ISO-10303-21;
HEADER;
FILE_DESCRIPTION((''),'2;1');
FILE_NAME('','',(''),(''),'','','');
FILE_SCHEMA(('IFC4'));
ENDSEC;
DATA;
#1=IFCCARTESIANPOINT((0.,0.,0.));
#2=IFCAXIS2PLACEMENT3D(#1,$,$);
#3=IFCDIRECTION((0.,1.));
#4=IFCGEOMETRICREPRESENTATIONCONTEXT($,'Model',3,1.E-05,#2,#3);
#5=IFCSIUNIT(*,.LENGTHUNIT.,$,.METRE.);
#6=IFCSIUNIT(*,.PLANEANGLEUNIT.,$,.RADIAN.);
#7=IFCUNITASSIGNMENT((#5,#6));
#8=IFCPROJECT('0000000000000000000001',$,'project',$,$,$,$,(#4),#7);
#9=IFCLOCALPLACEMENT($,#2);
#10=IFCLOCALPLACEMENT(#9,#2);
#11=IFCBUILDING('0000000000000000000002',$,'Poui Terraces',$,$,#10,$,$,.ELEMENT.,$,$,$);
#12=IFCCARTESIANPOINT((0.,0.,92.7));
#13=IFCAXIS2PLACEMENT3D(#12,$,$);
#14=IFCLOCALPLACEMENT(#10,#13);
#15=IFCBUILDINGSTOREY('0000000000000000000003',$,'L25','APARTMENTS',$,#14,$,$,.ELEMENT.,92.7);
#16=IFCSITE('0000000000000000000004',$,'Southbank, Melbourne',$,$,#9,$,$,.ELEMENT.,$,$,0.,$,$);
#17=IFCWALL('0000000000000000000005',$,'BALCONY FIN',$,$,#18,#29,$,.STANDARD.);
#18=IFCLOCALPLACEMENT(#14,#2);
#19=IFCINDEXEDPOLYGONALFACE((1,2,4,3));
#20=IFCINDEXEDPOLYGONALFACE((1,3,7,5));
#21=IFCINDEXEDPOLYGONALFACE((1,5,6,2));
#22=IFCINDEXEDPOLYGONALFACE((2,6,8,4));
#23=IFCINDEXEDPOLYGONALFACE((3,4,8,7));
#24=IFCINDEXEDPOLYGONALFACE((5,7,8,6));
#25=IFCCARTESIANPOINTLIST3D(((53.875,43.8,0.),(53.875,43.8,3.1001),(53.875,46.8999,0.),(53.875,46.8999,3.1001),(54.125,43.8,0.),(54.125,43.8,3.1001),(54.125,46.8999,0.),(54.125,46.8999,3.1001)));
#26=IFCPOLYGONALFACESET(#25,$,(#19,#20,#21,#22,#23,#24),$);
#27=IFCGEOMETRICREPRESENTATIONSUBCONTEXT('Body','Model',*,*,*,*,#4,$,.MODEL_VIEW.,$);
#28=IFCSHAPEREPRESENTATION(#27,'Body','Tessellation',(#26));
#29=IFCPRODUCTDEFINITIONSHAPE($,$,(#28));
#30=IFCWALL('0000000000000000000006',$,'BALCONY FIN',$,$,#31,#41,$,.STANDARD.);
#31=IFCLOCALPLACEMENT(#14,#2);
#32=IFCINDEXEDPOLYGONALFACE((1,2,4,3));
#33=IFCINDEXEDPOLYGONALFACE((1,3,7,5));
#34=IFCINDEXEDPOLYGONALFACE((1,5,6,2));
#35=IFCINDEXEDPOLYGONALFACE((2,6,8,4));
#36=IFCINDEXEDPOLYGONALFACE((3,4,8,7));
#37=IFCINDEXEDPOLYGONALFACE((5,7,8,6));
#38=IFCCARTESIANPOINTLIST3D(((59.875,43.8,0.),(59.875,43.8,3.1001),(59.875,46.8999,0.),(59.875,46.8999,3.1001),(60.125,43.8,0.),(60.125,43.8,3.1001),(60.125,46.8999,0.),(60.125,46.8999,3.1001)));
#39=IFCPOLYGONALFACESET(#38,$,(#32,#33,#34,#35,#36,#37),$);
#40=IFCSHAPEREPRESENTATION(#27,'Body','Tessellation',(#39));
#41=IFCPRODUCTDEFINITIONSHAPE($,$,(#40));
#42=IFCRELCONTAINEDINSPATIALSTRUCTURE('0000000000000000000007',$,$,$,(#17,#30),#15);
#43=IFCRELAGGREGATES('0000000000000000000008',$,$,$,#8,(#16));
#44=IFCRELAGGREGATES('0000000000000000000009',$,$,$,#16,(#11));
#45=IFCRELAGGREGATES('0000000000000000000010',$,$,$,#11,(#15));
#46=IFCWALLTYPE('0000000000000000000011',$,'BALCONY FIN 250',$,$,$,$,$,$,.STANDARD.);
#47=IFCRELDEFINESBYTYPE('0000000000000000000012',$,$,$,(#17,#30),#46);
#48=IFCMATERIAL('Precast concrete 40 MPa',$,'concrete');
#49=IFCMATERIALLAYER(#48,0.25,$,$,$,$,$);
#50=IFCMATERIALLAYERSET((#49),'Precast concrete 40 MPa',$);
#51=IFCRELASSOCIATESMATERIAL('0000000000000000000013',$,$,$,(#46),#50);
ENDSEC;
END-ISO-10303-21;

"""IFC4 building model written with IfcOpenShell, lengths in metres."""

from ifc_helpers import new_model, si_unit, direction, frame, origin, place, context, subcontext, project, spatial, polyline, outline, extrude, source, transform, mapped, material, layer, layer_set, type_object, element, save


model = new_model("IFC4")

# Units and contexts
model_context = context("Model", 3, precision=1e-05, world=origin(), true_north=direction((0.0, 1.0)))
body_context = subcontext(model_context, "Body", "Model", "MODEL_VIEW")
ifc_project = project(units=[si_unit("LENGTHUNIT", "METRE"), si_unit("PLANEANGLEUNIT", "RADIAN")], contexts=[model_context])

# Site, building, storey
site_placement = place(None, origin())
site = spatial("IfcSite", under=ifc_project, at=site_placement, Name="Southbank, Melbourne", CompositionType="ELEMENT", RefElevation=0.0)
building_placement = place(site_placement, origin())
building = spatial("IfcBuilding", under=site, at=building_placement, Name="Poui Terraces", CompositionType="ELEMENT")
storey_placement = place(building_placement, frame((0.0, 0.0, 92.7)))
storey = spatial("IfcBuildingStorey", under=building, at=storey_placement, Name="L25", Description="APARTMENTS", CompositionType="ELEMENT", Elevation=92.7)

# Walls
ifc_material_1 = material(Name="Precast concrete 40 MPa", Category="concrete")
ifc_layer_1 = layer(ifc_material_1, 0.25)
ifc_layer_set_1 = layer_set([ifc_layer_1], Name="Precast concrete 40 MPa")
wall_type_1 = type_object("IfcWallType", Name="BALCONY FIN 250", PredefinedType="STANDARD", material=ifc_layer_set_1)
shared_shape_1 = source(origin(), body_context, "Body", "SweptSolid", [
    extrude(outline(polyline([(0.0, 0.0), (0.25, 0.0), (0.25, 3.0999), (0.0, 3.0999), (0.0, 0.0)])), origin(), (0.0, 0.0, 1.0), 3.1001),
])
for number, where, name in (
    (1, (53.875, 43.8, 0.0), "BALCONY FIN"),
    (2, (59.875, 43.8, 0.0), "BALCONY FIN"),
):
    element("IfcWall", number, at=place(storey_placement, frame(where)), inside=storey, type_object=wall_type_1, Name=name, PredefinedType="STANDARD", context=body_context, shape_type="MappedRepresentation", body=[
        mapped(shared_shape_1, transform((0.0, 0.0, 0.0))),
    ])

save(model, "model.ifc")
